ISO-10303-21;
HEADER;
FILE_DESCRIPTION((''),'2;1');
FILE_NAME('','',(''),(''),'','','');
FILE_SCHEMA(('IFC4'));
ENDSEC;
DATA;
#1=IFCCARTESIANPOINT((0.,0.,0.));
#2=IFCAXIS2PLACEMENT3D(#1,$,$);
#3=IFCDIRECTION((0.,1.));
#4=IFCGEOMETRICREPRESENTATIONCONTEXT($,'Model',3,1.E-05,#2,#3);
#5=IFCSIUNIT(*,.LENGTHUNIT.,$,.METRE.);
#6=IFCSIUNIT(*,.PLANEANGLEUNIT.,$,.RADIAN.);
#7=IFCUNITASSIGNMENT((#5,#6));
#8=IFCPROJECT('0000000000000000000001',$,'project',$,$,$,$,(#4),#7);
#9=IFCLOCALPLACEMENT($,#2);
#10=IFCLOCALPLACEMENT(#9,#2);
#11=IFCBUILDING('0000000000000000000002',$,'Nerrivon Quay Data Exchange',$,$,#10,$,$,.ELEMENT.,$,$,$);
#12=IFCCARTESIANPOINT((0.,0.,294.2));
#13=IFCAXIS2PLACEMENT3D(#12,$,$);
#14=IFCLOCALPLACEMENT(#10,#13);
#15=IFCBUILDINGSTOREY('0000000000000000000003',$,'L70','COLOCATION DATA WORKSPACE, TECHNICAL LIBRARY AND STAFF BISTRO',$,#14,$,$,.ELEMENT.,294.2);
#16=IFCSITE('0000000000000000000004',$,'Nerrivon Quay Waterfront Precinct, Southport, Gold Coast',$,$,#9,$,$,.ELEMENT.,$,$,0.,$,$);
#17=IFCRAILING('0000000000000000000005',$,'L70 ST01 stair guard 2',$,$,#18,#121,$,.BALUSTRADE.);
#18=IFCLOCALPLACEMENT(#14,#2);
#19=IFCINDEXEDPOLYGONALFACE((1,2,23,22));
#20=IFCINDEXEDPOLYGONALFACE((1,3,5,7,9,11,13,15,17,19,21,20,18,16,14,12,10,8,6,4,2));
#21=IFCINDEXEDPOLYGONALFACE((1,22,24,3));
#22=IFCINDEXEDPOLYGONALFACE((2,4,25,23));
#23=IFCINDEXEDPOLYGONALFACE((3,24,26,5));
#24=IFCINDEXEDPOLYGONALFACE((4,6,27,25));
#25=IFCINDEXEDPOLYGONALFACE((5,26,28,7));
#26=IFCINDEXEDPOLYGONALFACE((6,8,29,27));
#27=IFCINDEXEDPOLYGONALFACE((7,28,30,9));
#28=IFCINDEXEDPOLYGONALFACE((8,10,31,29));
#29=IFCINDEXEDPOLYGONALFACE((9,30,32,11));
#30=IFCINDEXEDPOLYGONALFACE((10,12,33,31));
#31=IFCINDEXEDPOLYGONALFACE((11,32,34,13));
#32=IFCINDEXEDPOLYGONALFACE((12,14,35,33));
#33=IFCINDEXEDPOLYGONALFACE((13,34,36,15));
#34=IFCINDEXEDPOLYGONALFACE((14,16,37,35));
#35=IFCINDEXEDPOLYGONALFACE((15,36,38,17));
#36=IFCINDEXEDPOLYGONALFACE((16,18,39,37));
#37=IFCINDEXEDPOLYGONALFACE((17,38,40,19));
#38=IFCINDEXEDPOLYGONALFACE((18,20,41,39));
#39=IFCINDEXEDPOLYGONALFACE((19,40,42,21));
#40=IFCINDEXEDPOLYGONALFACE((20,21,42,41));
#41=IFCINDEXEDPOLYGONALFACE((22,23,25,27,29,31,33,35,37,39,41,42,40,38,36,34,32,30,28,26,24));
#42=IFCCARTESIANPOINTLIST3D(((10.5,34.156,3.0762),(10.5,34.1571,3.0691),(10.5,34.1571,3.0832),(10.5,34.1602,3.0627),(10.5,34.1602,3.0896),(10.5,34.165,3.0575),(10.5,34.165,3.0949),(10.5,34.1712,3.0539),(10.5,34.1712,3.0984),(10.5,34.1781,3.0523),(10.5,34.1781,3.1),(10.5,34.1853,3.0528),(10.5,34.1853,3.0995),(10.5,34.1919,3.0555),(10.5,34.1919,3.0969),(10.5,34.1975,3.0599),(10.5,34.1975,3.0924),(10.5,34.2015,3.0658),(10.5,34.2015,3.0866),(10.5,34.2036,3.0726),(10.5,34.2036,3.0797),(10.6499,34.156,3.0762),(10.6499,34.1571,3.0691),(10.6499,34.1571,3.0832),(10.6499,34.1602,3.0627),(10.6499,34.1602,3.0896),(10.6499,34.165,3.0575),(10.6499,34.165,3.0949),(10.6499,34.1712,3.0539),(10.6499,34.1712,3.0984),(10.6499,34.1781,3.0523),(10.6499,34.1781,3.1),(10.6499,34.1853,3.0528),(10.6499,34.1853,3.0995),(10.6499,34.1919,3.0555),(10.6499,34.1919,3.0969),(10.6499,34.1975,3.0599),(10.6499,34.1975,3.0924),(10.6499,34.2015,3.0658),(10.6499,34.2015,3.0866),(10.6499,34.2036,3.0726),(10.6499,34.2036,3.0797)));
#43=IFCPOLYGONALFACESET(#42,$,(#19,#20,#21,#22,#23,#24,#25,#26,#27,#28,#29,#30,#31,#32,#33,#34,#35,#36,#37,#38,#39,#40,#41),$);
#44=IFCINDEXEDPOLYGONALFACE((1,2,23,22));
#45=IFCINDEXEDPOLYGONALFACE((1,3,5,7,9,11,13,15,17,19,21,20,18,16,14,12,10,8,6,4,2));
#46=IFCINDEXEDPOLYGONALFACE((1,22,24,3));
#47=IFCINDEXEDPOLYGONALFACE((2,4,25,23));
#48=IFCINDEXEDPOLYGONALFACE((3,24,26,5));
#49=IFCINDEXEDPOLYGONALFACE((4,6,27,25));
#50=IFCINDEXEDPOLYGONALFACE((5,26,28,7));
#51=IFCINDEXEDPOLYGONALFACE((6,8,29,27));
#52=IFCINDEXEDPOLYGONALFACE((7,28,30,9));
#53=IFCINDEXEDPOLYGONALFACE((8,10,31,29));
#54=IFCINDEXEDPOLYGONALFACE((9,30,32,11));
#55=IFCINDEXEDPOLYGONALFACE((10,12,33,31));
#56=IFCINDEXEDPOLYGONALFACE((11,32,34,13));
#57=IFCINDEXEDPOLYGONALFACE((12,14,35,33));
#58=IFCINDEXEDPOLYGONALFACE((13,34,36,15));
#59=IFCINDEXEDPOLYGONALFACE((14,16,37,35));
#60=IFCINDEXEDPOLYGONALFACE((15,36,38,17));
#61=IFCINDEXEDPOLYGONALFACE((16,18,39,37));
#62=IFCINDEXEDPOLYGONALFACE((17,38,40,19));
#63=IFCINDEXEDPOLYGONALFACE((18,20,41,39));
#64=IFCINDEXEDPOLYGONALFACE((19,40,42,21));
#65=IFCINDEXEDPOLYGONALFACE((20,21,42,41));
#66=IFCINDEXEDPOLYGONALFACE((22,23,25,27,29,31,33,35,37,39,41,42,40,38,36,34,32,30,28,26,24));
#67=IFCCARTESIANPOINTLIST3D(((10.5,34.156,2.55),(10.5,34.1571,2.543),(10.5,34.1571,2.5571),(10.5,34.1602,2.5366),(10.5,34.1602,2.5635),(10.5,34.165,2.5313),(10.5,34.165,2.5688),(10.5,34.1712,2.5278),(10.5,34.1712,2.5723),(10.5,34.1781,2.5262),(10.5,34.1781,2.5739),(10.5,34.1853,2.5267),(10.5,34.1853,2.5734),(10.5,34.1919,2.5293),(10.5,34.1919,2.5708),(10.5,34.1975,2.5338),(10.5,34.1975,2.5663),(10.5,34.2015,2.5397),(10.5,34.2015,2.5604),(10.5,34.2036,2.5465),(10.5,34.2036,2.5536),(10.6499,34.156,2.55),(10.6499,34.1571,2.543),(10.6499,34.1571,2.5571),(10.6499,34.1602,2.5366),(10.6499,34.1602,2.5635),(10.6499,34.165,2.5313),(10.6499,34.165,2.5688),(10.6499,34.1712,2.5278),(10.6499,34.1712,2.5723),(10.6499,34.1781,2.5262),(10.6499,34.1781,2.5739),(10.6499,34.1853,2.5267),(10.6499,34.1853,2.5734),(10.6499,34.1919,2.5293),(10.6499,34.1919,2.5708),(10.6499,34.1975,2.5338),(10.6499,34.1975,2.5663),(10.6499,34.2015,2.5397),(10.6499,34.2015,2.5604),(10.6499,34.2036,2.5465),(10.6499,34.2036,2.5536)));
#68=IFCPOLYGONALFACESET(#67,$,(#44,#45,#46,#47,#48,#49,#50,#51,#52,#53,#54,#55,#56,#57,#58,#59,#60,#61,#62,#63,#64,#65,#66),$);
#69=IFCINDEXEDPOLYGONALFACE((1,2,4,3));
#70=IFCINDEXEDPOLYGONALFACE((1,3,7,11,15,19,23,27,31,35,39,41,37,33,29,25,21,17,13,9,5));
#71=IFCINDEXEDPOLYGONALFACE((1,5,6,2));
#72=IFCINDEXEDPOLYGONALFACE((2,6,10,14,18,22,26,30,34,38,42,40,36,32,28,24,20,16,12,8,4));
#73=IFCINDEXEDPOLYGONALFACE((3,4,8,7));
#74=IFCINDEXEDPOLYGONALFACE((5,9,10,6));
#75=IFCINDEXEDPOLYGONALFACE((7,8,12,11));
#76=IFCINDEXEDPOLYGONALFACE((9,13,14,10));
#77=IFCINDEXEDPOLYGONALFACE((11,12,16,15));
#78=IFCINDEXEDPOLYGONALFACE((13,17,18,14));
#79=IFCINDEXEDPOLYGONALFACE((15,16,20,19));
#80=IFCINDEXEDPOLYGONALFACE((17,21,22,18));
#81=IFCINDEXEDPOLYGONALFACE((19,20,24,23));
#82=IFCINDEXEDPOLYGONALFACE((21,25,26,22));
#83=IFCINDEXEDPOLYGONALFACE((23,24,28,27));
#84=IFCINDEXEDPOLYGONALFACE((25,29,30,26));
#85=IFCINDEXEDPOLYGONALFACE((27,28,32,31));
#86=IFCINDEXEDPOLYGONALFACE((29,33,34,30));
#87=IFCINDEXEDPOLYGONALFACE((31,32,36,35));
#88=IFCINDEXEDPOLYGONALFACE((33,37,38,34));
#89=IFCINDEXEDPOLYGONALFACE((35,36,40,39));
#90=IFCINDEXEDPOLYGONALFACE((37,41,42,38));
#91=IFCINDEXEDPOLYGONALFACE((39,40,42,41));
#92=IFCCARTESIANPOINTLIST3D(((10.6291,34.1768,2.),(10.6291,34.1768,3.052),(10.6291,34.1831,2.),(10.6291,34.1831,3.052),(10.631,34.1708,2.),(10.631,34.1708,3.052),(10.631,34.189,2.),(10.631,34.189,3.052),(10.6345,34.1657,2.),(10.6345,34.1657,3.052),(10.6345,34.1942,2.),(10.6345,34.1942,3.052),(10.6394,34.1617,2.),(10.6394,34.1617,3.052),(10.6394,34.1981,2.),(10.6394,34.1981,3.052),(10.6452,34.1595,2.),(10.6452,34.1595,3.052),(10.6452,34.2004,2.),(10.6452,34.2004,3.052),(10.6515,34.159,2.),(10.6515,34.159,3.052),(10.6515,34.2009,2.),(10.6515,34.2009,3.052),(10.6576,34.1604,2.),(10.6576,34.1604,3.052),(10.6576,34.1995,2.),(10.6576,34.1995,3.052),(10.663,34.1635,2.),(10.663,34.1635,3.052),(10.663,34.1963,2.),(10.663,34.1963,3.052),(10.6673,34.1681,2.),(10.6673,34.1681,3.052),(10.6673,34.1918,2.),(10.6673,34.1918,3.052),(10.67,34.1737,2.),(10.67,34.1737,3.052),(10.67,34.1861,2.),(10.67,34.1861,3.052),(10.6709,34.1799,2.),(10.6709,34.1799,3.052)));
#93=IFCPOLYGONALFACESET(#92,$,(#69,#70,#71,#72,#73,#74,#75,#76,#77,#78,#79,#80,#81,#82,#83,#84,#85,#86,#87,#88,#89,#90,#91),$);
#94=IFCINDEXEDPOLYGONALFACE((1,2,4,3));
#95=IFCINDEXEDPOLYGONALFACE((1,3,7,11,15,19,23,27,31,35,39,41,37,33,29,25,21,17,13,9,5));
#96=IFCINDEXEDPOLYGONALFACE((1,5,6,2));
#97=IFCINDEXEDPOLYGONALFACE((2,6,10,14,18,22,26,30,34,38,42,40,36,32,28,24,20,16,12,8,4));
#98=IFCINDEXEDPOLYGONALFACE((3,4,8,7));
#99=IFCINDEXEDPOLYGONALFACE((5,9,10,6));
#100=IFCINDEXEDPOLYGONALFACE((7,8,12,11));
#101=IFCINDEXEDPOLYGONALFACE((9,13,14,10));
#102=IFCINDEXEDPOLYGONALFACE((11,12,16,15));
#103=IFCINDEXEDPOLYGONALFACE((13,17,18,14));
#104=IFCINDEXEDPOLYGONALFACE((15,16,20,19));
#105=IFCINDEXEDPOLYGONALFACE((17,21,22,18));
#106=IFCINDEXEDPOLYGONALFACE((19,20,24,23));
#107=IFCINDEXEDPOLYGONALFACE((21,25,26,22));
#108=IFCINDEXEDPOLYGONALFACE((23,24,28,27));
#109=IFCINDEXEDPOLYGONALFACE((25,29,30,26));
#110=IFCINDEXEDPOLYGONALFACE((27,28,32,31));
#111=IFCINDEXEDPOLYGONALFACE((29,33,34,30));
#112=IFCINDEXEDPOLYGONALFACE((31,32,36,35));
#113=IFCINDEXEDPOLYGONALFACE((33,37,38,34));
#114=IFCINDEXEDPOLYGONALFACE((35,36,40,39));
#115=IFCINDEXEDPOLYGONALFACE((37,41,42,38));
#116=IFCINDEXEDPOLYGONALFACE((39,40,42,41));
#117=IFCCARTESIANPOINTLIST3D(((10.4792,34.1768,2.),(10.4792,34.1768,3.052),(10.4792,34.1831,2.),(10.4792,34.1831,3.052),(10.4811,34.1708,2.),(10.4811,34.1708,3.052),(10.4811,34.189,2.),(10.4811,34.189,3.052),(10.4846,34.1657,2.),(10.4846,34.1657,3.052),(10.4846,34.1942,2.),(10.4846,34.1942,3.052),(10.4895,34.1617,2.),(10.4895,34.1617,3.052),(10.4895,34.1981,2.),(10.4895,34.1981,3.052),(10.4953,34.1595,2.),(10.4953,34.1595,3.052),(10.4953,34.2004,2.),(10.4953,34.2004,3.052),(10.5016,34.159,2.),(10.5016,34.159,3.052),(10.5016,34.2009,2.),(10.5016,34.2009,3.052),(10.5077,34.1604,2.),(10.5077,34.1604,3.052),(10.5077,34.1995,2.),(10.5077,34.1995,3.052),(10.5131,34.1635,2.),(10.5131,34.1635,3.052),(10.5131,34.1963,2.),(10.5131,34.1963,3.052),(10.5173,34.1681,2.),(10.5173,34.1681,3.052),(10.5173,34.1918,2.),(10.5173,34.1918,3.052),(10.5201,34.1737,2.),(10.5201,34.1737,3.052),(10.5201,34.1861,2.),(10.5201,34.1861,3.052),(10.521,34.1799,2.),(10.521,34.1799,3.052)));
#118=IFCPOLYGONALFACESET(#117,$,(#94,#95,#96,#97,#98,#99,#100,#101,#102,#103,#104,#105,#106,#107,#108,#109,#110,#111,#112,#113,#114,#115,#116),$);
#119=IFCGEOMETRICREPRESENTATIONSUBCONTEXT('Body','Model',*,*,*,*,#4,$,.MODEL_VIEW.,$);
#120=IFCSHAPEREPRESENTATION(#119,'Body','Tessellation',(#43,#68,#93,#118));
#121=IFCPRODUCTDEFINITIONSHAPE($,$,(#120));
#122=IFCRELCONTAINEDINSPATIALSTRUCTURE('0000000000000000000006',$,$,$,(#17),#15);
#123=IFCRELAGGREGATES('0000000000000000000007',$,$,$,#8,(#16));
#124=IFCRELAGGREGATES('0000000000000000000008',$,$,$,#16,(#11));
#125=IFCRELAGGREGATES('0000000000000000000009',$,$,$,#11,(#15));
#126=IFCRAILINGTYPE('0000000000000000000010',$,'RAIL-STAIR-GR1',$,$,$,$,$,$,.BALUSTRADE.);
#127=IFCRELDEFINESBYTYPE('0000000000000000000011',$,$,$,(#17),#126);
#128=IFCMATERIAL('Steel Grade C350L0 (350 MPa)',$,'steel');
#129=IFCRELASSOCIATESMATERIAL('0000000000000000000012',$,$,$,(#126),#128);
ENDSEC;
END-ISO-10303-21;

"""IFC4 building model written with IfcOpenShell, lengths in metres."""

from ifc_helpers import new_model, si_unit, direction, frame, origin, origin_2d, place, context, subcontext, project, spatial, circle, extrude, material, type_object, element, save


model = new_model("IFC4")

# Units and contexts
model_context = context("Model", 3, precision=1e-05, world=origin(), true_north=direction((0.0, 1.0)))
body_context = subcontext(model_context, "Body", "Model", "MODEL_VIEW")
ifc_project = project(units=[si_unit("LENGTHUNIT", "METRE"), si_unit("PLANEANGLEUNIT", "RADIAN")], contexts=[model_context])

# Site, building, storey
site_placement = place(None, origin())
site = spatial("IfcSite", under=ifc_project, at=site_placement, Name="Nerrivon Quay Waterfront Precinct, Southport, Gold Coast", CompositionType="ELEMENT", RefElevation=0.0)
building_placement = place(site_placement, origin())
building = spatial("IfcBuilding", under=site, at=building_placement, Name="Nerrivon Quay Data Exchange", CompositionType="ELEMENT")
storey_placement = place(building_placement, frame((0.0, 0.0, 294.2)))
storey = spatial("IfcBuildingStorey", under=building, at=storey_placement, Name="L70", Description="COLOCATION DATA WORKSPACE, TECHNICAL LIBRARY AND STAFF BISTRO", CompositionType="ELEMENT", Elevation=294.2)

# Shared definitions
ifc_material_1 = material(Name="Steel Grade C350L0 (350 MPa)", Category="steel")

# Railing
railing_type_1 = type_object("IfcRailingType", Name="RAIL-STAIR-GR1", PredefinedType="BALUSTRADE", material=ifc_material_1)
railing_1_placement = place(storey_placement, frame((10.6499, 34.1799, 2.0)))
element("IfcRailing", 1, at=railing_1_placement, inside=storey, type_object=railing_type_1, Name="L70 ST01 stair guard 2", PredefinedType="BALUSTRADE", context=body_context, shape_type="SweptSolid", body=[
    extrude(circle(Radius=0.0239, at=origin_2d()), frame((0.0, 0.0, 1.0762), z_axis=(-1.0, 0.0, 0.0), x_axis=(0.0, -1.0, 0.0)), (0.0, 0.0, 1.0), 0.1499),
    extrude(circle(Radius=0.0239, at=origin_2d()), frame((0.0, 0.0, 0.55), z_axis=(-1.0, 0.0, 0.0), x_axis=(0.0, -1.0, 0.0)), (0.0, 0.0, 1.0), 0.1499),
    extrude(circle(Radius=0.021, at=origin_2d()), origin(), (0.0, 0.0, 1.0), 1.052),
    extrude(circle(Radius=0.021, at=origin_2d()), frame((-0.1499, 0.0, 0.0)), (0.0, 0.0, 1.0), 1.052),
])

save(model, "model.ifc")
